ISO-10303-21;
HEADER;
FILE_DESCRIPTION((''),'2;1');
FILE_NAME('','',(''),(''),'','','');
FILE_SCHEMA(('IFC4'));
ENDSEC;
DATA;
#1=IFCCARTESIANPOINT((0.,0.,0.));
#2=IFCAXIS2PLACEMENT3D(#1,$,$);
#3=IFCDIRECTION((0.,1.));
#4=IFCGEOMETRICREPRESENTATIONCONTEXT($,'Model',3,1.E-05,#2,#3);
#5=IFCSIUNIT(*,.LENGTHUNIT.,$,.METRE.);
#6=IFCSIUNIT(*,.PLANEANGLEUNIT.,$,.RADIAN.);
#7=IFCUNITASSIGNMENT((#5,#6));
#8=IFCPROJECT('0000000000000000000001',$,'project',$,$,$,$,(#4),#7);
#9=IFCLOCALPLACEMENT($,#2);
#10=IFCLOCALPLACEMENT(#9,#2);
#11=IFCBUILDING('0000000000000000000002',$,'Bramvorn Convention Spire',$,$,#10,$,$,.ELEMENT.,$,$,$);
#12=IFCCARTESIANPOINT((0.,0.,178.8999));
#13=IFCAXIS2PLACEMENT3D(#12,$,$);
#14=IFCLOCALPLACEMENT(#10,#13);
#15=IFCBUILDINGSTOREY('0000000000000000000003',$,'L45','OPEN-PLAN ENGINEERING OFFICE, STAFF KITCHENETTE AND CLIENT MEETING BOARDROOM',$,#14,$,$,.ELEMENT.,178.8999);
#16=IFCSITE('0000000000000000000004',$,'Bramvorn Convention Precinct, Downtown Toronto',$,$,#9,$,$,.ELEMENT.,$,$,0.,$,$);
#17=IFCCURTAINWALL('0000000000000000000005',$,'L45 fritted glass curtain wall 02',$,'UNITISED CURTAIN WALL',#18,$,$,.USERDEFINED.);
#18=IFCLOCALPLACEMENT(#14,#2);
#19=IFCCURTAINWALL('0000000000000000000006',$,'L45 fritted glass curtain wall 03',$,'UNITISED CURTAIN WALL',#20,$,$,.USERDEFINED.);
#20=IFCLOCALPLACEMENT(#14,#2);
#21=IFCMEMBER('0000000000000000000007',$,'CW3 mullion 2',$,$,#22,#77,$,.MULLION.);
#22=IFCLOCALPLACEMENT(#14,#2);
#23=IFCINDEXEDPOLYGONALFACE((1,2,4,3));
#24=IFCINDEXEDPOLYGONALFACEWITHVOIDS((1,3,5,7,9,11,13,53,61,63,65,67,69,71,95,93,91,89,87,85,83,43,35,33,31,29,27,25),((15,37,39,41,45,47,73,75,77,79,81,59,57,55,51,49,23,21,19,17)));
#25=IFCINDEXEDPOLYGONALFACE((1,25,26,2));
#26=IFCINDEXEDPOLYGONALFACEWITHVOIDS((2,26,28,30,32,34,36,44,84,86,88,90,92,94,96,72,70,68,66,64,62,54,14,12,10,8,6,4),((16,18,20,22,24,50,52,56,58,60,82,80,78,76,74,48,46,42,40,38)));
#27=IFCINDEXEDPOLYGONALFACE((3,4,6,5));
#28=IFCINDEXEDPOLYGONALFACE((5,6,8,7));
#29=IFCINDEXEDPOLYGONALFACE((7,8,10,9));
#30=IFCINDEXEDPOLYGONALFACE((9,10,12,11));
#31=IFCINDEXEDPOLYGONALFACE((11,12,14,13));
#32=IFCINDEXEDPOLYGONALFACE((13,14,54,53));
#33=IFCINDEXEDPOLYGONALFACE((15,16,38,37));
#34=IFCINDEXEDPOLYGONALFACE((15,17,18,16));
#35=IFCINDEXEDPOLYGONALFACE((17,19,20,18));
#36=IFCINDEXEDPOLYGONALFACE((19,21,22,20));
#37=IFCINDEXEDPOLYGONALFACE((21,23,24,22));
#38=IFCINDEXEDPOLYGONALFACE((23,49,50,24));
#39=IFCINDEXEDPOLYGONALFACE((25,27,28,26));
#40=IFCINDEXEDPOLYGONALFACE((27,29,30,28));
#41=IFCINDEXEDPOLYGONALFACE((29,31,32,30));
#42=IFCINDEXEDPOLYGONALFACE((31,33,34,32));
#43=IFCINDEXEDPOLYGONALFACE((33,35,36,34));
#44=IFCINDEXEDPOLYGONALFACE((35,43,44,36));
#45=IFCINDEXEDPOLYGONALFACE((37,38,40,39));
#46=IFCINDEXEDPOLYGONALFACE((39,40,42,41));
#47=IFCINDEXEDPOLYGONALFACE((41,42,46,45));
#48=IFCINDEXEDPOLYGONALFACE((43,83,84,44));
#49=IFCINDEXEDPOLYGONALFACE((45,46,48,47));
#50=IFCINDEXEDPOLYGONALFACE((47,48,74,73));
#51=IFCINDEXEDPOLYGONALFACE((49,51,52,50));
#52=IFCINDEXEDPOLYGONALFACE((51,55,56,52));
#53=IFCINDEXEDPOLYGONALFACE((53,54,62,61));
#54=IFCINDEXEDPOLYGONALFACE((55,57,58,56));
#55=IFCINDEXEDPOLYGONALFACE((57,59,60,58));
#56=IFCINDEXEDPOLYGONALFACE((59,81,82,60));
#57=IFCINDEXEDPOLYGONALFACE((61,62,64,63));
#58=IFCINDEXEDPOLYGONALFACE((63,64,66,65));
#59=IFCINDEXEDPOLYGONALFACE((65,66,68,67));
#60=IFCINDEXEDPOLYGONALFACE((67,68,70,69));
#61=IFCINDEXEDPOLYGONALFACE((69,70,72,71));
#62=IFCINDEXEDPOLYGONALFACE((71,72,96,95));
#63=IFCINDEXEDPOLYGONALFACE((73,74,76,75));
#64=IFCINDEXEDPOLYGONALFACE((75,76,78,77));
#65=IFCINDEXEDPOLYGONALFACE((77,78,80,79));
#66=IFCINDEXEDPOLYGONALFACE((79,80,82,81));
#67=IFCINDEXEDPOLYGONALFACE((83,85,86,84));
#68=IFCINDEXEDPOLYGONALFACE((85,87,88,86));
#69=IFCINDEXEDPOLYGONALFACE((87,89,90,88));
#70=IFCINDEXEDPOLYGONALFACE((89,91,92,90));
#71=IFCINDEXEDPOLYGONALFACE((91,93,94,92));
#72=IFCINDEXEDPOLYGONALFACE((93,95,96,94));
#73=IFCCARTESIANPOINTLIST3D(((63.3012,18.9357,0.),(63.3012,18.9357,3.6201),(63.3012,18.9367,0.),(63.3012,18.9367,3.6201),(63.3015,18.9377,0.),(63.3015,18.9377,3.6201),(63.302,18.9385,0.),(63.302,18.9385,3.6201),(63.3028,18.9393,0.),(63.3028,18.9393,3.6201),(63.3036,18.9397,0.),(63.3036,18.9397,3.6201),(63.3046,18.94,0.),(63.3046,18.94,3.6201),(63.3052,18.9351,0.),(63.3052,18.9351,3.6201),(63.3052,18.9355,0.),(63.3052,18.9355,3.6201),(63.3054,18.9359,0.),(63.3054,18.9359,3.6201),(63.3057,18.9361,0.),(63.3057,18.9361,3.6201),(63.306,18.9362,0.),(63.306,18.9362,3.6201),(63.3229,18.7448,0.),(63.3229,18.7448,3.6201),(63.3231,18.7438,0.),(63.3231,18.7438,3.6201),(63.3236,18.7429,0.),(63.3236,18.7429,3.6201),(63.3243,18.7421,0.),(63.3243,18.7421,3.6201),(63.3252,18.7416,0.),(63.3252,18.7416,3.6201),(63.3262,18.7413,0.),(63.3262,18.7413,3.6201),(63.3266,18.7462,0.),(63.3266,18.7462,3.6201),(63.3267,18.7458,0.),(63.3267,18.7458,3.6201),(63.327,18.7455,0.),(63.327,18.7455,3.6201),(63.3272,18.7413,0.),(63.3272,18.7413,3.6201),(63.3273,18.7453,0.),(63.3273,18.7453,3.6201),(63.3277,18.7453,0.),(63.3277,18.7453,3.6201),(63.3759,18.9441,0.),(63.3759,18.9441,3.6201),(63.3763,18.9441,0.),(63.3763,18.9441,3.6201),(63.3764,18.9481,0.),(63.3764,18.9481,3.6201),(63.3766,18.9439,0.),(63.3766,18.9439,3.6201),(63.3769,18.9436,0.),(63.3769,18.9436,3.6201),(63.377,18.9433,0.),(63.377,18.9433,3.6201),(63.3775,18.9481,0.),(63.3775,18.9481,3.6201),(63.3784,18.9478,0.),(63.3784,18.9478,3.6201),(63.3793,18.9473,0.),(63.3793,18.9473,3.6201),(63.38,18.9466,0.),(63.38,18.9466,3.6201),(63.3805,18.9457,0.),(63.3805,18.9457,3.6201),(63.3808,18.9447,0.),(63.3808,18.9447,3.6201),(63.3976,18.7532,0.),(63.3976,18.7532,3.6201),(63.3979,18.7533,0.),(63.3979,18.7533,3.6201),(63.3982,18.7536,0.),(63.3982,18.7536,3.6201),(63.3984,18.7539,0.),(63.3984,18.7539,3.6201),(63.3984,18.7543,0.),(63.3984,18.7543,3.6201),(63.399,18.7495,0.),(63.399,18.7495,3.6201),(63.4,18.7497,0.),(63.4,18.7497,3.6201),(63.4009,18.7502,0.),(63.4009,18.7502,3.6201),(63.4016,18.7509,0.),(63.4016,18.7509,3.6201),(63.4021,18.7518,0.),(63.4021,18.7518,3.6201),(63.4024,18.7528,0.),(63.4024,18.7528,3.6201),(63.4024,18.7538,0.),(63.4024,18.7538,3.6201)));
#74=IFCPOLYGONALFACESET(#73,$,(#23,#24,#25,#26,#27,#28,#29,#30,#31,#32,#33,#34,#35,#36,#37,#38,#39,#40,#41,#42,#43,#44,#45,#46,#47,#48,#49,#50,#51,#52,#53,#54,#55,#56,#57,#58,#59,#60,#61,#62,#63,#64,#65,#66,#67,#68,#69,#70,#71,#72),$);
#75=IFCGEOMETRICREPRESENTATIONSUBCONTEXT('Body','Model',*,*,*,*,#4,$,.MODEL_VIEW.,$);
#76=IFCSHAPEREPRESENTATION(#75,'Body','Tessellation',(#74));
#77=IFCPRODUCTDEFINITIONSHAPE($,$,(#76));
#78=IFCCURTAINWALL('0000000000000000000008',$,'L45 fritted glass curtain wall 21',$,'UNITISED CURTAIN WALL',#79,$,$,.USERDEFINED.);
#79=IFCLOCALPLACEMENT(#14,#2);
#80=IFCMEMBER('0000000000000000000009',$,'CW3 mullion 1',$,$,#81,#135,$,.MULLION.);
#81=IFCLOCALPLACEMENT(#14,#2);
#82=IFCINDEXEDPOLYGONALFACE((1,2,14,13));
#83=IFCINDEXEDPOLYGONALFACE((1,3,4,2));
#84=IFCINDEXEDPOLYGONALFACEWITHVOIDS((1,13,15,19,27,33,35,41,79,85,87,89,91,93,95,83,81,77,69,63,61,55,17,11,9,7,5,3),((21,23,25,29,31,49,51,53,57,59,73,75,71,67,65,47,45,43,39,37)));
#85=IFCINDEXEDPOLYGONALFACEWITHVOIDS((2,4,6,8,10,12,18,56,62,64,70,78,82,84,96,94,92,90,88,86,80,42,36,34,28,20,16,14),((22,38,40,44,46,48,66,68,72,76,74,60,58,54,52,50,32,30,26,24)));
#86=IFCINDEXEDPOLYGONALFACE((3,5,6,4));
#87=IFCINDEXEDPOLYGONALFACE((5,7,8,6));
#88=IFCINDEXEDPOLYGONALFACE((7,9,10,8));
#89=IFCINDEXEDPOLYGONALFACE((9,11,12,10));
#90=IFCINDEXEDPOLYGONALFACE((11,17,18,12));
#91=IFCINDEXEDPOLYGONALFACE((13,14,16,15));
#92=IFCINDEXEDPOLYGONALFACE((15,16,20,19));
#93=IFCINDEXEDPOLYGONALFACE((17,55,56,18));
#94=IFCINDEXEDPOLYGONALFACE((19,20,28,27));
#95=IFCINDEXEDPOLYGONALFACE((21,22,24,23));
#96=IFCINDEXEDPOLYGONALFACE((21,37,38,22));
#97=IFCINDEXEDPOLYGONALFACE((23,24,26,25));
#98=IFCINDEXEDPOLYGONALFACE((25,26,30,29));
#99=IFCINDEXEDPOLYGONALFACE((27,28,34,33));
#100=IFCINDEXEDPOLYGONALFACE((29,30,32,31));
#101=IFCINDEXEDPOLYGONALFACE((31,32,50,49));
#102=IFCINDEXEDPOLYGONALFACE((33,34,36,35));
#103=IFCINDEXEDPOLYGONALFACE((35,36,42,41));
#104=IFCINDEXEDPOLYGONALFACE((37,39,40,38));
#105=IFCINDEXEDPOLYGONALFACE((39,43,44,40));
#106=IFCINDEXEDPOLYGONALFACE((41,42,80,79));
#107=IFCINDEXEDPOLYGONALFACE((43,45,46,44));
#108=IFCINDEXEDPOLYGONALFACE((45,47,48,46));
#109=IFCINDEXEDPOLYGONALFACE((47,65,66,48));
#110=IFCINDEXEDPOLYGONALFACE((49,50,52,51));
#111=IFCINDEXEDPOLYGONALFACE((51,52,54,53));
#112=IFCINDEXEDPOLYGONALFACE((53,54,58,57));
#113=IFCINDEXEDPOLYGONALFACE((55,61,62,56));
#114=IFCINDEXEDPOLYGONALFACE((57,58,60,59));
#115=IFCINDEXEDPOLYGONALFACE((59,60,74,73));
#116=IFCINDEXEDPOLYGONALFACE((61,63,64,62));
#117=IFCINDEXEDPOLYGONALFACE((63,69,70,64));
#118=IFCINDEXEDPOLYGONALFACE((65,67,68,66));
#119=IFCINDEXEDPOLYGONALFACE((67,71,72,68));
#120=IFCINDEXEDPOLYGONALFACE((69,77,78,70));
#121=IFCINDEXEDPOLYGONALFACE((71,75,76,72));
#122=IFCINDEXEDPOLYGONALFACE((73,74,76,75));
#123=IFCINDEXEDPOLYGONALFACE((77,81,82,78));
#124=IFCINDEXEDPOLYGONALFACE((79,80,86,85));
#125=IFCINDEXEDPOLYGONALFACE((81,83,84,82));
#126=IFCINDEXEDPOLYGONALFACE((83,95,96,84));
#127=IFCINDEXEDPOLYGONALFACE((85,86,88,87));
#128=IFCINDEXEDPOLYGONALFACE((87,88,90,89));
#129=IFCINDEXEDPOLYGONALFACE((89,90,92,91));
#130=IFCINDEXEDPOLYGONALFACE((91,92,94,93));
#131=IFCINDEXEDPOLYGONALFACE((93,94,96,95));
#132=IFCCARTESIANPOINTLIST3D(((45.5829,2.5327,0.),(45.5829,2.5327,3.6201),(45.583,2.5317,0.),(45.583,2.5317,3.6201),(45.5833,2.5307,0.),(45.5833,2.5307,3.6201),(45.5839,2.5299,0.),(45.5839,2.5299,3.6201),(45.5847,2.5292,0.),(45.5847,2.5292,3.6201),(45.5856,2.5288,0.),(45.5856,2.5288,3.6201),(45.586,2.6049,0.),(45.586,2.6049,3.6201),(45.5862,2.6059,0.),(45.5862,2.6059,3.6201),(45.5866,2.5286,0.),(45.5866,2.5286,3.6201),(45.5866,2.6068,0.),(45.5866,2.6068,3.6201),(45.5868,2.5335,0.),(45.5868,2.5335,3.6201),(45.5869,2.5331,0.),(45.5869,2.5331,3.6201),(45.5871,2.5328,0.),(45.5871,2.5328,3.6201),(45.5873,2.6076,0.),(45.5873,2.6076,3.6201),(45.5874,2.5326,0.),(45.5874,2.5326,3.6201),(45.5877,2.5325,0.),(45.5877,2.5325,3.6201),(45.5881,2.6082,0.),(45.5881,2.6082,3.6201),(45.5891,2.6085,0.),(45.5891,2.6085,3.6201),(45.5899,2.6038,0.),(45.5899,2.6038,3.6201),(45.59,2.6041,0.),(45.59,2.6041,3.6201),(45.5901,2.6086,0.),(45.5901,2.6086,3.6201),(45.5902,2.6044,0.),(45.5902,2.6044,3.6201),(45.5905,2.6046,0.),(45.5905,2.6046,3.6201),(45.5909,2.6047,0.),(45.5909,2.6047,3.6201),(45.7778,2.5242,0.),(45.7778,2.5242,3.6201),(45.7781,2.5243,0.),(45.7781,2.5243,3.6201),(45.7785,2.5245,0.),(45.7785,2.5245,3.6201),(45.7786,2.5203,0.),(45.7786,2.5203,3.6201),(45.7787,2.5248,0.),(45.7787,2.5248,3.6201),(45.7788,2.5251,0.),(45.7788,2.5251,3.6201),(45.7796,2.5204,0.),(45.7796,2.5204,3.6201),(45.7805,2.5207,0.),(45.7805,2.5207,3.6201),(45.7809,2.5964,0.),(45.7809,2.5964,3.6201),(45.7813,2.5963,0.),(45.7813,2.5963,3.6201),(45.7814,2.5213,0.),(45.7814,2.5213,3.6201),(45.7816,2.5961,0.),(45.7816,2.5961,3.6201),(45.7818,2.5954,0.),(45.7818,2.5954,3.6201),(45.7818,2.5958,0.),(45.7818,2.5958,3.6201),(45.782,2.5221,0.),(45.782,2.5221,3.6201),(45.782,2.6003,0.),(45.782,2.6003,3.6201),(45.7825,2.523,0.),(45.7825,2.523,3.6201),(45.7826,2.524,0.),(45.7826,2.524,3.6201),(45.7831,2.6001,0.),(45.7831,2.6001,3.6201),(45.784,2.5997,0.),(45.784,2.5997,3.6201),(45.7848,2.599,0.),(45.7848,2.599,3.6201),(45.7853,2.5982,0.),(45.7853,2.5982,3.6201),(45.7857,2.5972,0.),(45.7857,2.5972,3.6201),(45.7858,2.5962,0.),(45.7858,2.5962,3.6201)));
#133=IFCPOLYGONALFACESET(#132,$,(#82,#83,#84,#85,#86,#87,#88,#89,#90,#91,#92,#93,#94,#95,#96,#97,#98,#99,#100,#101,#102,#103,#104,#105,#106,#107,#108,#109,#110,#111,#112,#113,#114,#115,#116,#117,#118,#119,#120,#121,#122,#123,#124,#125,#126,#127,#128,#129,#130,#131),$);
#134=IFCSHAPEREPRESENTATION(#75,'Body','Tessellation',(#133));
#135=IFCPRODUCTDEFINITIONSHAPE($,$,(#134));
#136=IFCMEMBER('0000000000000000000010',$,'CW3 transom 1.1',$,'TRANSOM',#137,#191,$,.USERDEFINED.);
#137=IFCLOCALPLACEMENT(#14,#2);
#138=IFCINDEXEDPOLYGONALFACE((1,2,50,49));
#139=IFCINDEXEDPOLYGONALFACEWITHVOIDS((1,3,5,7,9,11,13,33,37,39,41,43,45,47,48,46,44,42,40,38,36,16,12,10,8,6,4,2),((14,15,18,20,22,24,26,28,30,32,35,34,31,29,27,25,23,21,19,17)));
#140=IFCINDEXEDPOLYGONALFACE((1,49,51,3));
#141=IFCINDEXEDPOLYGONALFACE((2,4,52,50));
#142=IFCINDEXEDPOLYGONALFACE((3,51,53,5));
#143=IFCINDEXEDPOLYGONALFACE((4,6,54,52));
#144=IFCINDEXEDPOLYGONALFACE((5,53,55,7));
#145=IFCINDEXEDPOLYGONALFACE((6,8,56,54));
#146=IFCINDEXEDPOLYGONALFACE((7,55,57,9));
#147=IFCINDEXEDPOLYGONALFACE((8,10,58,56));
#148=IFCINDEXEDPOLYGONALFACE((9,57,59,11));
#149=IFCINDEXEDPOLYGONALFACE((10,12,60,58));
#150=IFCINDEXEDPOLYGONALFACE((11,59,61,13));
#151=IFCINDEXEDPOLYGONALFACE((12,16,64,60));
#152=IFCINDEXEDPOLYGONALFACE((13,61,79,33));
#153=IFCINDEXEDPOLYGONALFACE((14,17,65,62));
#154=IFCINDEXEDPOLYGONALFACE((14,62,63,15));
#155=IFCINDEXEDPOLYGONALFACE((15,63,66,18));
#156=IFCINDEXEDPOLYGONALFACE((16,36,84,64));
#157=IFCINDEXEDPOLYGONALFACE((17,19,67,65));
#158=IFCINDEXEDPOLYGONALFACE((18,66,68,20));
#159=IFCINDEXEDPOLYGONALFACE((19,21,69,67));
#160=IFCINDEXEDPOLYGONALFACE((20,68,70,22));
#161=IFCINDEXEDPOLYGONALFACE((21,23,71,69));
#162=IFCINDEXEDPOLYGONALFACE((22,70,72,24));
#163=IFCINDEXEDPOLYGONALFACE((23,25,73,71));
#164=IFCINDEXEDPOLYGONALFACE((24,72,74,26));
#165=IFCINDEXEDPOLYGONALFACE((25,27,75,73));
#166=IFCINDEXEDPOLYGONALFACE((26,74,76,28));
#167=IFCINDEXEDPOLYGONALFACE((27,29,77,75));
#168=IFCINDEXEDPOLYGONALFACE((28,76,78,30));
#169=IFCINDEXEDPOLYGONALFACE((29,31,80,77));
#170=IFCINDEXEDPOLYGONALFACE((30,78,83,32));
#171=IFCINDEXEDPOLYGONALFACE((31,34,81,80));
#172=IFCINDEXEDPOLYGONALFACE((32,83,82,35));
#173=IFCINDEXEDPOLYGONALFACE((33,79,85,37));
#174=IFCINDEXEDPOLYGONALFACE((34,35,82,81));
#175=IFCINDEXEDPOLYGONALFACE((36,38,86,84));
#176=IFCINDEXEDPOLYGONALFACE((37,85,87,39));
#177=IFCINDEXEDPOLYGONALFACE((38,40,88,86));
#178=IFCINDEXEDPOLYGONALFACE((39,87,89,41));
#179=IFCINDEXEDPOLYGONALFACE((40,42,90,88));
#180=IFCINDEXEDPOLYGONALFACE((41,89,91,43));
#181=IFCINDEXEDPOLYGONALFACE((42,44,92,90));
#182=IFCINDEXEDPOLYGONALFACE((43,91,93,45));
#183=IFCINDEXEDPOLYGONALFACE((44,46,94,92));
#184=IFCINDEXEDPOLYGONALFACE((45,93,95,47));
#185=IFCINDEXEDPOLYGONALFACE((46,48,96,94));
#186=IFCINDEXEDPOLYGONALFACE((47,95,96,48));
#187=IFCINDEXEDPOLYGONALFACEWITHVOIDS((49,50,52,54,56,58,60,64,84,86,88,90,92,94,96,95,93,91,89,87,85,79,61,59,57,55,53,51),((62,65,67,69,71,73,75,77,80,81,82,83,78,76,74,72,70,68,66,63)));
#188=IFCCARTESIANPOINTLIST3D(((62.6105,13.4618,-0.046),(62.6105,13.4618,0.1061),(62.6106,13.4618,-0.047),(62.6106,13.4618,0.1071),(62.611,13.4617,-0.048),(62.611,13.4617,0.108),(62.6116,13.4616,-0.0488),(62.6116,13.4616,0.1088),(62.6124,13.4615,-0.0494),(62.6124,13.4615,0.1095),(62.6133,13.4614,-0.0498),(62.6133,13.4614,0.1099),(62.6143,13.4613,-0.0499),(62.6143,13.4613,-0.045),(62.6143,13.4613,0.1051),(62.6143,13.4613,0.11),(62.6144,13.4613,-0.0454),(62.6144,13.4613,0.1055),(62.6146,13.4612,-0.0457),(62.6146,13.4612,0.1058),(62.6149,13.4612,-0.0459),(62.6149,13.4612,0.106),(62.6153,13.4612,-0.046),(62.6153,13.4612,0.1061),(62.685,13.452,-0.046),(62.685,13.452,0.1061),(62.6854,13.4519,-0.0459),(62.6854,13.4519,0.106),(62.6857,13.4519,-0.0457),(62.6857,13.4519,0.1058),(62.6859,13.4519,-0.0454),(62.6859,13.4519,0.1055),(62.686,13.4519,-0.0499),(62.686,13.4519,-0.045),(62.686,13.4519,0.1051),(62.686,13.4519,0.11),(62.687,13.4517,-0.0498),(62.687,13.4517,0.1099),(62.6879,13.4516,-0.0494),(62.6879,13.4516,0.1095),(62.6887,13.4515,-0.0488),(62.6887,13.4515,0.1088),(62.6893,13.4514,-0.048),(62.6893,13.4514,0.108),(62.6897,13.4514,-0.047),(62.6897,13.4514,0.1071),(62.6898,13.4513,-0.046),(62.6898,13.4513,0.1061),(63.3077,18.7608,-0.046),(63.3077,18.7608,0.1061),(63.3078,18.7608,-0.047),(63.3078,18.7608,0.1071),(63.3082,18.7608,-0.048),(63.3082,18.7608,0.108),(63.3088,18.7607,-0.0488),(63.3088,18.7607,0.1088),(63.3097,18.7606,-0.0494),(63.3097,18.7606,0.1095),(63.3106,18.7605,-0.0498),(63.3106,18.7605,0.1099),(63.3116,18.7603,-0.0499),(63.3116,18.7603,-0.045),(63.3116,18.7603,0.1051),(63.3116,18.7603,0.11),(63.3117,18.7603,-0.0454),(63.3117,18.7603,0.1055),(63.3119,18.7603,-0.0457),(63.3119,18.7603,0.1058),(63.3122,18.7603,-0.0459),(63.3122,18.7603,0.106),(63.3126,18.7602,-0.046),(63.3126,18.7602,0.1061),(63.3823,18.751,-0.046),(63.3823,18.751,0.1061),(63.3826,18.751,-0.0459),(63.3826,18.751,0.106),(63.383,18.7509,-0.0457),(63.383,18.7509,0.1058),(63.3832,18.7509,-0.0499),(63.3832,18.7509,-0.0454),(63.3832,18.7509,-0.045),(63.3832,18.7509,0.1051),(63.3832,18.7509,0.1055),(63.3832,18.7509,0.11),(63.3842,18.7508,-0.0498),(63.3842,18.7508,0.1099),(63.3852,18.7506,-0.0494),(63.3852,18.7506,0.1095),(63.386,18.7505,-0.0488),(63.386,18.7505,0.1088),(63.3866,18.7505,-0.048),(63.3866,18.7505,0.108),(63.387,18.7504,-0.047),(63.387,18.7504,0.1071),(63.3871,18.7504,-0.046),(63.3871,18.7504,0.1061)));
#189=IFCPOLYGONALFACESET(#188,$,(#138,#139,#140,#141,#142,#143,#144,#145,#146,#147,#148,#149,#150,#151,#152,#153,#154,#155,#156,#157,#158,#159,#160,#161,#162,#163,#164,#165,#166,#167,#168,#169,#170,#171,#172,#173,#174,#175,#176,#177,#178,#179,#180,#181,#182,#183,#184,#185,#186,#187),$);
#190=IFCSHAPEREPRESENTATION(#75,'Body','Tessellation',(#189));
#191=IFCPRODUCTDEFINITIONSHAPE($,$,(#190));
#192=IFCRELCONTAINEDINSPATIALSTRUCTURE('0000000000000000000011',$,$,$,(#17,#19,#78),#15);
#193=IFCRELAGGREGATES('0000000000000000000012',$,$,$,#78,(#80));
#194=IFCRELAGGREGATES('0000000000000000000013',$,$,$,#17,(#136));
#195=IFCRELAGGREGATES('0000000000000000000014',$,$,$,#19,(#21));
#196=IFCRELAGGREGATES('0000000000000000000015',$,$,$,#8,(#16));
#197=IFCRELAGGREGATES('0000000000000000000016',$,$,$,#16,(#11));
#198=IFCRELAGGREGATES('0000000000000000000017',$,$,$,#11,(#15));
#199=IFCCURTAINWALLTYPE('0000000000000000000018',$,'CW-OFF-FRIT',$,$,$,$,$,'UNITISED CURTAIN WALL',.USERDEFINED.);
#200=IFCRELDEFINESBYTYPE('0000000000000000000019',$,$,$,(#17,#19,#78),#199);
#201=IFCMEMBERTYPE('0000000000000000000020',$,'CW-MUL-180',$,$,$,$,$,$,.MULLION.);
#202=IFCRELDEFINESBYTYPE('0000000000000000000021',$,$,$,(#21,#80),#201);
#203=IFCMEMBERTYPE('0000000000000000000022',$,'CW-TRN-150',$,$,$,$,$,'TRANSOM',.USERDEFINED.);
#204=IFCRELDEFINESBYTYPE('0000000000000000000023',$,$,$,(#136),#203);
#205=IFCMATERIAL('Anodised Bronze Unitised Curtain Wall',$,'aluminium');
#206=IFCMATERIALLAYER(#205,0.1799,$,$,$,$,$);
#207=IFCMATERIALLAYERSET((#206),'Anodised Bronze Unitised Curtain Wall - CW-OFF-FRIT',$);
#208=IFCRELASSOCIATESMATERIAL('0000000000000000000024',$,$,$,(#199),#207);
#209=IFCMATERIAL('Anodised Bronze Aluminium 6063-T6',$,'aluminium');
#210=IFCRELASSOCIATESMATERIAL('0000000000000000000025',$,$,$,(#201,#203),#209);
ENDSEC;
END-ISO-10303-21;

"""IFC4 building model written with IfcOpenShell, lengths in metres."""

from ifc_helpers import new_model, si_unit, direction, frame, origin, origin_2d, place, context, subcontext, project, spatial, hollow_rectangle, extrude, material, layer, layer_set, material_profile, profile_set, type_object, element, aggregate, save


model = new_model("IFC4")

# Units and contexts
model_context = context("Model", 3, precision=1e-05, world=origin(), true_north=direction((0.0, 1.0)))
body_context = subcontext(model_context, "Body", "Model", "MODEL_VIEW")
ifc_project = project(units=[si_unit("LENGTHUNIT", "METRE"), si_unit("PLANEANGLEUNIT", "RADIAN")], contexts=[model_context])

# Site, building, storey
site_placement = place(None, origin())
site = spatial("IfcSite", under=ifc_project, at=site_placement, Name="Bramvorn Convention Precinct, Downtown Toronto", CompositionType="ELEMENT", RefElevation=0.0)
building_placement = place(site_placement, origin())
building = spatial("IfcBuilding", under=site, at=building_placement, Name="Bramvorn Convention Spire", CompositionType="ELEMENT")
storey_placement = place(building_placement, frame((0.0, 0.0, 178.8999)))
storey = spatial("IfcBuildingStorey", under=building, at=storey_placement, Name="L45", Description="OPEN-PLAN ENGINEERING OFFICE, STAFF KITCHENETTE AND CLIENT MEETING BOARDROOM", CompositionType="ELEMENT", Elevation=178.8999)

# Curtain wall
ifc_material_1 = material(Name="Anodised Bronze Unitised Curtain Wall", Category="aluminium")
ifc_layer_1 = layer(ifc_material_1, 0.1799)
ifc_layer_set_1 = layer_set([ifc_layer_1], Name="Anodised Bronze Unitised Curtain Wall - CW-OFF-FRIT")
curtain_wall_type = type_object("IfcCurtainWallType", Name="CW-OFF-FRIT", ElementType="UNITISED CURTAIN WALL", PredefinedType="USERDEFINED", material=ifc_layer_set_1)
curtain_wall_1_placement = place(storey_placement, origin())
curtain_wall_1 = element("IfcCurtainWall", 1, at=curtain_wall_1_placement, inside=storey, type_object=curtain_wall_type, Name="L45 fritted glass curtain wall 02", ObjectType="UNITISED CURTAIN WALL", PredefinedType="USERDEFINED")
ifc_material_2 = material(Name="Anodised Bronze Aluminium 6063-T6", Category="aluminium")
ifc_material_profile_1 = material_profile(ifc_material_2, hollow_rectangle(XDim=0.0801, YDim=0.2, WallThickness=0.0039, InnerFilletRadius=0.001, OuterFilletRadius=0.0039, at=origin_2d()))
ifc_profile_set_1 = profile_set([ifc_material_profile_1], Name="Anodised Bronze Aluminium 6063-T6 - CWM80X200")
member_type_1 = type_object("IfcMemberType", Name="CW-MUL-180", PredefinedType="MULLION", material=ifc_profile_set_1)

# Curtain walls, members
curtain_wall_2_placement = place(storey_placement, origin())
curtain_wall_2 = element("IfcCurtainWall", 2, at=curtain_wall_2_placement, inside=storey, type_object=curtain_wall_type, Name="L45 fritted glass curtain wall 03", ObjectType="UNITISED CURTAIN WALL", PredefinedType="USERDEFINED")
member_1_placement = place(storey_placement, frame((63.3518, 18.8447, 0.0), z_axis=(0.0, 0.0, 1.0), x_axis=(0.993627, 0.112714, 0.0)))
member_1 = element("IfcMember", 3, at=member_1_placement, type_object=member_type_1, Name="CW3 mullion 2", PredefinedType="MULLION", context=body_context, shape_type="SweptSolid", body=[
    extrude(hollow_rectangle(XDim=0.0801, YDim=0.2, WallThickness=0.0039, InnerFilletRadius=0.001, OuterFilletRadius=0.0039, at=origin_2d()), origin(), (0.0, 0.0, 1.0), 3.6201),
])
curtain_wall_3_placement = place(storey_placement, origin())
curtain_wall_3 = element("IfcCurtainWall", 4, at=curtain_wall_3_placement, inside=storey, type_object=curtain_wall_type, Name="L45 fritted glass curtain wall 21", ObjectType="UNITISED CURTAIN WALL", PredefinedType="USERDEFINED")
member_2_placement = place(storey_placement, frame((45.6843, 2.5645, 0.0), z_axis=(0.0, 0.0, 1.0), x_axis=(-0.043555, -0.999051, 0.0)))
member_2 = element("IfcMember", 5, at=member_2_placement, type_object=member_type_1, Name="CW3 mullion 1", PredefinedType="MULLION", context=body_context, shape_type="SweptSolid", body=[
    extrude(hollow_rectangle(XDim=0.0801, YDim=0.2, WallThickness=0.0039, InnerFilletRadius=0.001, OuterFilletRadius=0.0039, at=origin_2d()), origin(), (0.0, 0.0, 1.0), 3.6201),
])

# Member
ifc_material_profile_2 = material_profile(ifc_material_2, hollow_rectangle(XDim=0.0801, YDim=0.1599, WallThickness=0.0039, InnerFilletRadius=0.001, OuterFilletRadius=0.0039, at=origin_2d()))
ifc_profile_set_2 = profile_set([ifc_material_profile_2], Name="Anodised Bronze Aluminium 6063-T6 - CWT80X160")
member_type_2 = type_object("IfcMemberType", Name="CW-TRN-150", ElementType="TRANSOM", PredefinedType="USERDEFINED", material=ifc_profile_set_2)
member_3_placement = place(storey_placement, frame((63.3474, 18.7556, 0.03), z_axis=(-0.130458, -0.991454, 0.0), x_axis=(0.991454, -0.130458, 0.0)))
member_3 = element("IfcMember", 6, at=member_3_placement, type_object=member_type_2, Name="CW3 transom 1.1", ObjectType="TRANSOM", PredefinedType="USERDEFINED", context=body_context, shape_type="SweptSolid", body=[
    extrude(hollow_rectangle(XDim=0.0801, YDim=0.1599, WallThickness=0.0039, InnerFilletRadius=0.001, OuterFilletRadius=0.0039, at=origin_2d()), origin(), (0.0, 0.0, 1.0), 5.3447),
])
aggregate(curtain_wall_3, [member_2])

aggregate(curtain_wall_1, [member_3])
aggregate(curtain_wall_2, [member_1])

save(model, "model.ifc")
